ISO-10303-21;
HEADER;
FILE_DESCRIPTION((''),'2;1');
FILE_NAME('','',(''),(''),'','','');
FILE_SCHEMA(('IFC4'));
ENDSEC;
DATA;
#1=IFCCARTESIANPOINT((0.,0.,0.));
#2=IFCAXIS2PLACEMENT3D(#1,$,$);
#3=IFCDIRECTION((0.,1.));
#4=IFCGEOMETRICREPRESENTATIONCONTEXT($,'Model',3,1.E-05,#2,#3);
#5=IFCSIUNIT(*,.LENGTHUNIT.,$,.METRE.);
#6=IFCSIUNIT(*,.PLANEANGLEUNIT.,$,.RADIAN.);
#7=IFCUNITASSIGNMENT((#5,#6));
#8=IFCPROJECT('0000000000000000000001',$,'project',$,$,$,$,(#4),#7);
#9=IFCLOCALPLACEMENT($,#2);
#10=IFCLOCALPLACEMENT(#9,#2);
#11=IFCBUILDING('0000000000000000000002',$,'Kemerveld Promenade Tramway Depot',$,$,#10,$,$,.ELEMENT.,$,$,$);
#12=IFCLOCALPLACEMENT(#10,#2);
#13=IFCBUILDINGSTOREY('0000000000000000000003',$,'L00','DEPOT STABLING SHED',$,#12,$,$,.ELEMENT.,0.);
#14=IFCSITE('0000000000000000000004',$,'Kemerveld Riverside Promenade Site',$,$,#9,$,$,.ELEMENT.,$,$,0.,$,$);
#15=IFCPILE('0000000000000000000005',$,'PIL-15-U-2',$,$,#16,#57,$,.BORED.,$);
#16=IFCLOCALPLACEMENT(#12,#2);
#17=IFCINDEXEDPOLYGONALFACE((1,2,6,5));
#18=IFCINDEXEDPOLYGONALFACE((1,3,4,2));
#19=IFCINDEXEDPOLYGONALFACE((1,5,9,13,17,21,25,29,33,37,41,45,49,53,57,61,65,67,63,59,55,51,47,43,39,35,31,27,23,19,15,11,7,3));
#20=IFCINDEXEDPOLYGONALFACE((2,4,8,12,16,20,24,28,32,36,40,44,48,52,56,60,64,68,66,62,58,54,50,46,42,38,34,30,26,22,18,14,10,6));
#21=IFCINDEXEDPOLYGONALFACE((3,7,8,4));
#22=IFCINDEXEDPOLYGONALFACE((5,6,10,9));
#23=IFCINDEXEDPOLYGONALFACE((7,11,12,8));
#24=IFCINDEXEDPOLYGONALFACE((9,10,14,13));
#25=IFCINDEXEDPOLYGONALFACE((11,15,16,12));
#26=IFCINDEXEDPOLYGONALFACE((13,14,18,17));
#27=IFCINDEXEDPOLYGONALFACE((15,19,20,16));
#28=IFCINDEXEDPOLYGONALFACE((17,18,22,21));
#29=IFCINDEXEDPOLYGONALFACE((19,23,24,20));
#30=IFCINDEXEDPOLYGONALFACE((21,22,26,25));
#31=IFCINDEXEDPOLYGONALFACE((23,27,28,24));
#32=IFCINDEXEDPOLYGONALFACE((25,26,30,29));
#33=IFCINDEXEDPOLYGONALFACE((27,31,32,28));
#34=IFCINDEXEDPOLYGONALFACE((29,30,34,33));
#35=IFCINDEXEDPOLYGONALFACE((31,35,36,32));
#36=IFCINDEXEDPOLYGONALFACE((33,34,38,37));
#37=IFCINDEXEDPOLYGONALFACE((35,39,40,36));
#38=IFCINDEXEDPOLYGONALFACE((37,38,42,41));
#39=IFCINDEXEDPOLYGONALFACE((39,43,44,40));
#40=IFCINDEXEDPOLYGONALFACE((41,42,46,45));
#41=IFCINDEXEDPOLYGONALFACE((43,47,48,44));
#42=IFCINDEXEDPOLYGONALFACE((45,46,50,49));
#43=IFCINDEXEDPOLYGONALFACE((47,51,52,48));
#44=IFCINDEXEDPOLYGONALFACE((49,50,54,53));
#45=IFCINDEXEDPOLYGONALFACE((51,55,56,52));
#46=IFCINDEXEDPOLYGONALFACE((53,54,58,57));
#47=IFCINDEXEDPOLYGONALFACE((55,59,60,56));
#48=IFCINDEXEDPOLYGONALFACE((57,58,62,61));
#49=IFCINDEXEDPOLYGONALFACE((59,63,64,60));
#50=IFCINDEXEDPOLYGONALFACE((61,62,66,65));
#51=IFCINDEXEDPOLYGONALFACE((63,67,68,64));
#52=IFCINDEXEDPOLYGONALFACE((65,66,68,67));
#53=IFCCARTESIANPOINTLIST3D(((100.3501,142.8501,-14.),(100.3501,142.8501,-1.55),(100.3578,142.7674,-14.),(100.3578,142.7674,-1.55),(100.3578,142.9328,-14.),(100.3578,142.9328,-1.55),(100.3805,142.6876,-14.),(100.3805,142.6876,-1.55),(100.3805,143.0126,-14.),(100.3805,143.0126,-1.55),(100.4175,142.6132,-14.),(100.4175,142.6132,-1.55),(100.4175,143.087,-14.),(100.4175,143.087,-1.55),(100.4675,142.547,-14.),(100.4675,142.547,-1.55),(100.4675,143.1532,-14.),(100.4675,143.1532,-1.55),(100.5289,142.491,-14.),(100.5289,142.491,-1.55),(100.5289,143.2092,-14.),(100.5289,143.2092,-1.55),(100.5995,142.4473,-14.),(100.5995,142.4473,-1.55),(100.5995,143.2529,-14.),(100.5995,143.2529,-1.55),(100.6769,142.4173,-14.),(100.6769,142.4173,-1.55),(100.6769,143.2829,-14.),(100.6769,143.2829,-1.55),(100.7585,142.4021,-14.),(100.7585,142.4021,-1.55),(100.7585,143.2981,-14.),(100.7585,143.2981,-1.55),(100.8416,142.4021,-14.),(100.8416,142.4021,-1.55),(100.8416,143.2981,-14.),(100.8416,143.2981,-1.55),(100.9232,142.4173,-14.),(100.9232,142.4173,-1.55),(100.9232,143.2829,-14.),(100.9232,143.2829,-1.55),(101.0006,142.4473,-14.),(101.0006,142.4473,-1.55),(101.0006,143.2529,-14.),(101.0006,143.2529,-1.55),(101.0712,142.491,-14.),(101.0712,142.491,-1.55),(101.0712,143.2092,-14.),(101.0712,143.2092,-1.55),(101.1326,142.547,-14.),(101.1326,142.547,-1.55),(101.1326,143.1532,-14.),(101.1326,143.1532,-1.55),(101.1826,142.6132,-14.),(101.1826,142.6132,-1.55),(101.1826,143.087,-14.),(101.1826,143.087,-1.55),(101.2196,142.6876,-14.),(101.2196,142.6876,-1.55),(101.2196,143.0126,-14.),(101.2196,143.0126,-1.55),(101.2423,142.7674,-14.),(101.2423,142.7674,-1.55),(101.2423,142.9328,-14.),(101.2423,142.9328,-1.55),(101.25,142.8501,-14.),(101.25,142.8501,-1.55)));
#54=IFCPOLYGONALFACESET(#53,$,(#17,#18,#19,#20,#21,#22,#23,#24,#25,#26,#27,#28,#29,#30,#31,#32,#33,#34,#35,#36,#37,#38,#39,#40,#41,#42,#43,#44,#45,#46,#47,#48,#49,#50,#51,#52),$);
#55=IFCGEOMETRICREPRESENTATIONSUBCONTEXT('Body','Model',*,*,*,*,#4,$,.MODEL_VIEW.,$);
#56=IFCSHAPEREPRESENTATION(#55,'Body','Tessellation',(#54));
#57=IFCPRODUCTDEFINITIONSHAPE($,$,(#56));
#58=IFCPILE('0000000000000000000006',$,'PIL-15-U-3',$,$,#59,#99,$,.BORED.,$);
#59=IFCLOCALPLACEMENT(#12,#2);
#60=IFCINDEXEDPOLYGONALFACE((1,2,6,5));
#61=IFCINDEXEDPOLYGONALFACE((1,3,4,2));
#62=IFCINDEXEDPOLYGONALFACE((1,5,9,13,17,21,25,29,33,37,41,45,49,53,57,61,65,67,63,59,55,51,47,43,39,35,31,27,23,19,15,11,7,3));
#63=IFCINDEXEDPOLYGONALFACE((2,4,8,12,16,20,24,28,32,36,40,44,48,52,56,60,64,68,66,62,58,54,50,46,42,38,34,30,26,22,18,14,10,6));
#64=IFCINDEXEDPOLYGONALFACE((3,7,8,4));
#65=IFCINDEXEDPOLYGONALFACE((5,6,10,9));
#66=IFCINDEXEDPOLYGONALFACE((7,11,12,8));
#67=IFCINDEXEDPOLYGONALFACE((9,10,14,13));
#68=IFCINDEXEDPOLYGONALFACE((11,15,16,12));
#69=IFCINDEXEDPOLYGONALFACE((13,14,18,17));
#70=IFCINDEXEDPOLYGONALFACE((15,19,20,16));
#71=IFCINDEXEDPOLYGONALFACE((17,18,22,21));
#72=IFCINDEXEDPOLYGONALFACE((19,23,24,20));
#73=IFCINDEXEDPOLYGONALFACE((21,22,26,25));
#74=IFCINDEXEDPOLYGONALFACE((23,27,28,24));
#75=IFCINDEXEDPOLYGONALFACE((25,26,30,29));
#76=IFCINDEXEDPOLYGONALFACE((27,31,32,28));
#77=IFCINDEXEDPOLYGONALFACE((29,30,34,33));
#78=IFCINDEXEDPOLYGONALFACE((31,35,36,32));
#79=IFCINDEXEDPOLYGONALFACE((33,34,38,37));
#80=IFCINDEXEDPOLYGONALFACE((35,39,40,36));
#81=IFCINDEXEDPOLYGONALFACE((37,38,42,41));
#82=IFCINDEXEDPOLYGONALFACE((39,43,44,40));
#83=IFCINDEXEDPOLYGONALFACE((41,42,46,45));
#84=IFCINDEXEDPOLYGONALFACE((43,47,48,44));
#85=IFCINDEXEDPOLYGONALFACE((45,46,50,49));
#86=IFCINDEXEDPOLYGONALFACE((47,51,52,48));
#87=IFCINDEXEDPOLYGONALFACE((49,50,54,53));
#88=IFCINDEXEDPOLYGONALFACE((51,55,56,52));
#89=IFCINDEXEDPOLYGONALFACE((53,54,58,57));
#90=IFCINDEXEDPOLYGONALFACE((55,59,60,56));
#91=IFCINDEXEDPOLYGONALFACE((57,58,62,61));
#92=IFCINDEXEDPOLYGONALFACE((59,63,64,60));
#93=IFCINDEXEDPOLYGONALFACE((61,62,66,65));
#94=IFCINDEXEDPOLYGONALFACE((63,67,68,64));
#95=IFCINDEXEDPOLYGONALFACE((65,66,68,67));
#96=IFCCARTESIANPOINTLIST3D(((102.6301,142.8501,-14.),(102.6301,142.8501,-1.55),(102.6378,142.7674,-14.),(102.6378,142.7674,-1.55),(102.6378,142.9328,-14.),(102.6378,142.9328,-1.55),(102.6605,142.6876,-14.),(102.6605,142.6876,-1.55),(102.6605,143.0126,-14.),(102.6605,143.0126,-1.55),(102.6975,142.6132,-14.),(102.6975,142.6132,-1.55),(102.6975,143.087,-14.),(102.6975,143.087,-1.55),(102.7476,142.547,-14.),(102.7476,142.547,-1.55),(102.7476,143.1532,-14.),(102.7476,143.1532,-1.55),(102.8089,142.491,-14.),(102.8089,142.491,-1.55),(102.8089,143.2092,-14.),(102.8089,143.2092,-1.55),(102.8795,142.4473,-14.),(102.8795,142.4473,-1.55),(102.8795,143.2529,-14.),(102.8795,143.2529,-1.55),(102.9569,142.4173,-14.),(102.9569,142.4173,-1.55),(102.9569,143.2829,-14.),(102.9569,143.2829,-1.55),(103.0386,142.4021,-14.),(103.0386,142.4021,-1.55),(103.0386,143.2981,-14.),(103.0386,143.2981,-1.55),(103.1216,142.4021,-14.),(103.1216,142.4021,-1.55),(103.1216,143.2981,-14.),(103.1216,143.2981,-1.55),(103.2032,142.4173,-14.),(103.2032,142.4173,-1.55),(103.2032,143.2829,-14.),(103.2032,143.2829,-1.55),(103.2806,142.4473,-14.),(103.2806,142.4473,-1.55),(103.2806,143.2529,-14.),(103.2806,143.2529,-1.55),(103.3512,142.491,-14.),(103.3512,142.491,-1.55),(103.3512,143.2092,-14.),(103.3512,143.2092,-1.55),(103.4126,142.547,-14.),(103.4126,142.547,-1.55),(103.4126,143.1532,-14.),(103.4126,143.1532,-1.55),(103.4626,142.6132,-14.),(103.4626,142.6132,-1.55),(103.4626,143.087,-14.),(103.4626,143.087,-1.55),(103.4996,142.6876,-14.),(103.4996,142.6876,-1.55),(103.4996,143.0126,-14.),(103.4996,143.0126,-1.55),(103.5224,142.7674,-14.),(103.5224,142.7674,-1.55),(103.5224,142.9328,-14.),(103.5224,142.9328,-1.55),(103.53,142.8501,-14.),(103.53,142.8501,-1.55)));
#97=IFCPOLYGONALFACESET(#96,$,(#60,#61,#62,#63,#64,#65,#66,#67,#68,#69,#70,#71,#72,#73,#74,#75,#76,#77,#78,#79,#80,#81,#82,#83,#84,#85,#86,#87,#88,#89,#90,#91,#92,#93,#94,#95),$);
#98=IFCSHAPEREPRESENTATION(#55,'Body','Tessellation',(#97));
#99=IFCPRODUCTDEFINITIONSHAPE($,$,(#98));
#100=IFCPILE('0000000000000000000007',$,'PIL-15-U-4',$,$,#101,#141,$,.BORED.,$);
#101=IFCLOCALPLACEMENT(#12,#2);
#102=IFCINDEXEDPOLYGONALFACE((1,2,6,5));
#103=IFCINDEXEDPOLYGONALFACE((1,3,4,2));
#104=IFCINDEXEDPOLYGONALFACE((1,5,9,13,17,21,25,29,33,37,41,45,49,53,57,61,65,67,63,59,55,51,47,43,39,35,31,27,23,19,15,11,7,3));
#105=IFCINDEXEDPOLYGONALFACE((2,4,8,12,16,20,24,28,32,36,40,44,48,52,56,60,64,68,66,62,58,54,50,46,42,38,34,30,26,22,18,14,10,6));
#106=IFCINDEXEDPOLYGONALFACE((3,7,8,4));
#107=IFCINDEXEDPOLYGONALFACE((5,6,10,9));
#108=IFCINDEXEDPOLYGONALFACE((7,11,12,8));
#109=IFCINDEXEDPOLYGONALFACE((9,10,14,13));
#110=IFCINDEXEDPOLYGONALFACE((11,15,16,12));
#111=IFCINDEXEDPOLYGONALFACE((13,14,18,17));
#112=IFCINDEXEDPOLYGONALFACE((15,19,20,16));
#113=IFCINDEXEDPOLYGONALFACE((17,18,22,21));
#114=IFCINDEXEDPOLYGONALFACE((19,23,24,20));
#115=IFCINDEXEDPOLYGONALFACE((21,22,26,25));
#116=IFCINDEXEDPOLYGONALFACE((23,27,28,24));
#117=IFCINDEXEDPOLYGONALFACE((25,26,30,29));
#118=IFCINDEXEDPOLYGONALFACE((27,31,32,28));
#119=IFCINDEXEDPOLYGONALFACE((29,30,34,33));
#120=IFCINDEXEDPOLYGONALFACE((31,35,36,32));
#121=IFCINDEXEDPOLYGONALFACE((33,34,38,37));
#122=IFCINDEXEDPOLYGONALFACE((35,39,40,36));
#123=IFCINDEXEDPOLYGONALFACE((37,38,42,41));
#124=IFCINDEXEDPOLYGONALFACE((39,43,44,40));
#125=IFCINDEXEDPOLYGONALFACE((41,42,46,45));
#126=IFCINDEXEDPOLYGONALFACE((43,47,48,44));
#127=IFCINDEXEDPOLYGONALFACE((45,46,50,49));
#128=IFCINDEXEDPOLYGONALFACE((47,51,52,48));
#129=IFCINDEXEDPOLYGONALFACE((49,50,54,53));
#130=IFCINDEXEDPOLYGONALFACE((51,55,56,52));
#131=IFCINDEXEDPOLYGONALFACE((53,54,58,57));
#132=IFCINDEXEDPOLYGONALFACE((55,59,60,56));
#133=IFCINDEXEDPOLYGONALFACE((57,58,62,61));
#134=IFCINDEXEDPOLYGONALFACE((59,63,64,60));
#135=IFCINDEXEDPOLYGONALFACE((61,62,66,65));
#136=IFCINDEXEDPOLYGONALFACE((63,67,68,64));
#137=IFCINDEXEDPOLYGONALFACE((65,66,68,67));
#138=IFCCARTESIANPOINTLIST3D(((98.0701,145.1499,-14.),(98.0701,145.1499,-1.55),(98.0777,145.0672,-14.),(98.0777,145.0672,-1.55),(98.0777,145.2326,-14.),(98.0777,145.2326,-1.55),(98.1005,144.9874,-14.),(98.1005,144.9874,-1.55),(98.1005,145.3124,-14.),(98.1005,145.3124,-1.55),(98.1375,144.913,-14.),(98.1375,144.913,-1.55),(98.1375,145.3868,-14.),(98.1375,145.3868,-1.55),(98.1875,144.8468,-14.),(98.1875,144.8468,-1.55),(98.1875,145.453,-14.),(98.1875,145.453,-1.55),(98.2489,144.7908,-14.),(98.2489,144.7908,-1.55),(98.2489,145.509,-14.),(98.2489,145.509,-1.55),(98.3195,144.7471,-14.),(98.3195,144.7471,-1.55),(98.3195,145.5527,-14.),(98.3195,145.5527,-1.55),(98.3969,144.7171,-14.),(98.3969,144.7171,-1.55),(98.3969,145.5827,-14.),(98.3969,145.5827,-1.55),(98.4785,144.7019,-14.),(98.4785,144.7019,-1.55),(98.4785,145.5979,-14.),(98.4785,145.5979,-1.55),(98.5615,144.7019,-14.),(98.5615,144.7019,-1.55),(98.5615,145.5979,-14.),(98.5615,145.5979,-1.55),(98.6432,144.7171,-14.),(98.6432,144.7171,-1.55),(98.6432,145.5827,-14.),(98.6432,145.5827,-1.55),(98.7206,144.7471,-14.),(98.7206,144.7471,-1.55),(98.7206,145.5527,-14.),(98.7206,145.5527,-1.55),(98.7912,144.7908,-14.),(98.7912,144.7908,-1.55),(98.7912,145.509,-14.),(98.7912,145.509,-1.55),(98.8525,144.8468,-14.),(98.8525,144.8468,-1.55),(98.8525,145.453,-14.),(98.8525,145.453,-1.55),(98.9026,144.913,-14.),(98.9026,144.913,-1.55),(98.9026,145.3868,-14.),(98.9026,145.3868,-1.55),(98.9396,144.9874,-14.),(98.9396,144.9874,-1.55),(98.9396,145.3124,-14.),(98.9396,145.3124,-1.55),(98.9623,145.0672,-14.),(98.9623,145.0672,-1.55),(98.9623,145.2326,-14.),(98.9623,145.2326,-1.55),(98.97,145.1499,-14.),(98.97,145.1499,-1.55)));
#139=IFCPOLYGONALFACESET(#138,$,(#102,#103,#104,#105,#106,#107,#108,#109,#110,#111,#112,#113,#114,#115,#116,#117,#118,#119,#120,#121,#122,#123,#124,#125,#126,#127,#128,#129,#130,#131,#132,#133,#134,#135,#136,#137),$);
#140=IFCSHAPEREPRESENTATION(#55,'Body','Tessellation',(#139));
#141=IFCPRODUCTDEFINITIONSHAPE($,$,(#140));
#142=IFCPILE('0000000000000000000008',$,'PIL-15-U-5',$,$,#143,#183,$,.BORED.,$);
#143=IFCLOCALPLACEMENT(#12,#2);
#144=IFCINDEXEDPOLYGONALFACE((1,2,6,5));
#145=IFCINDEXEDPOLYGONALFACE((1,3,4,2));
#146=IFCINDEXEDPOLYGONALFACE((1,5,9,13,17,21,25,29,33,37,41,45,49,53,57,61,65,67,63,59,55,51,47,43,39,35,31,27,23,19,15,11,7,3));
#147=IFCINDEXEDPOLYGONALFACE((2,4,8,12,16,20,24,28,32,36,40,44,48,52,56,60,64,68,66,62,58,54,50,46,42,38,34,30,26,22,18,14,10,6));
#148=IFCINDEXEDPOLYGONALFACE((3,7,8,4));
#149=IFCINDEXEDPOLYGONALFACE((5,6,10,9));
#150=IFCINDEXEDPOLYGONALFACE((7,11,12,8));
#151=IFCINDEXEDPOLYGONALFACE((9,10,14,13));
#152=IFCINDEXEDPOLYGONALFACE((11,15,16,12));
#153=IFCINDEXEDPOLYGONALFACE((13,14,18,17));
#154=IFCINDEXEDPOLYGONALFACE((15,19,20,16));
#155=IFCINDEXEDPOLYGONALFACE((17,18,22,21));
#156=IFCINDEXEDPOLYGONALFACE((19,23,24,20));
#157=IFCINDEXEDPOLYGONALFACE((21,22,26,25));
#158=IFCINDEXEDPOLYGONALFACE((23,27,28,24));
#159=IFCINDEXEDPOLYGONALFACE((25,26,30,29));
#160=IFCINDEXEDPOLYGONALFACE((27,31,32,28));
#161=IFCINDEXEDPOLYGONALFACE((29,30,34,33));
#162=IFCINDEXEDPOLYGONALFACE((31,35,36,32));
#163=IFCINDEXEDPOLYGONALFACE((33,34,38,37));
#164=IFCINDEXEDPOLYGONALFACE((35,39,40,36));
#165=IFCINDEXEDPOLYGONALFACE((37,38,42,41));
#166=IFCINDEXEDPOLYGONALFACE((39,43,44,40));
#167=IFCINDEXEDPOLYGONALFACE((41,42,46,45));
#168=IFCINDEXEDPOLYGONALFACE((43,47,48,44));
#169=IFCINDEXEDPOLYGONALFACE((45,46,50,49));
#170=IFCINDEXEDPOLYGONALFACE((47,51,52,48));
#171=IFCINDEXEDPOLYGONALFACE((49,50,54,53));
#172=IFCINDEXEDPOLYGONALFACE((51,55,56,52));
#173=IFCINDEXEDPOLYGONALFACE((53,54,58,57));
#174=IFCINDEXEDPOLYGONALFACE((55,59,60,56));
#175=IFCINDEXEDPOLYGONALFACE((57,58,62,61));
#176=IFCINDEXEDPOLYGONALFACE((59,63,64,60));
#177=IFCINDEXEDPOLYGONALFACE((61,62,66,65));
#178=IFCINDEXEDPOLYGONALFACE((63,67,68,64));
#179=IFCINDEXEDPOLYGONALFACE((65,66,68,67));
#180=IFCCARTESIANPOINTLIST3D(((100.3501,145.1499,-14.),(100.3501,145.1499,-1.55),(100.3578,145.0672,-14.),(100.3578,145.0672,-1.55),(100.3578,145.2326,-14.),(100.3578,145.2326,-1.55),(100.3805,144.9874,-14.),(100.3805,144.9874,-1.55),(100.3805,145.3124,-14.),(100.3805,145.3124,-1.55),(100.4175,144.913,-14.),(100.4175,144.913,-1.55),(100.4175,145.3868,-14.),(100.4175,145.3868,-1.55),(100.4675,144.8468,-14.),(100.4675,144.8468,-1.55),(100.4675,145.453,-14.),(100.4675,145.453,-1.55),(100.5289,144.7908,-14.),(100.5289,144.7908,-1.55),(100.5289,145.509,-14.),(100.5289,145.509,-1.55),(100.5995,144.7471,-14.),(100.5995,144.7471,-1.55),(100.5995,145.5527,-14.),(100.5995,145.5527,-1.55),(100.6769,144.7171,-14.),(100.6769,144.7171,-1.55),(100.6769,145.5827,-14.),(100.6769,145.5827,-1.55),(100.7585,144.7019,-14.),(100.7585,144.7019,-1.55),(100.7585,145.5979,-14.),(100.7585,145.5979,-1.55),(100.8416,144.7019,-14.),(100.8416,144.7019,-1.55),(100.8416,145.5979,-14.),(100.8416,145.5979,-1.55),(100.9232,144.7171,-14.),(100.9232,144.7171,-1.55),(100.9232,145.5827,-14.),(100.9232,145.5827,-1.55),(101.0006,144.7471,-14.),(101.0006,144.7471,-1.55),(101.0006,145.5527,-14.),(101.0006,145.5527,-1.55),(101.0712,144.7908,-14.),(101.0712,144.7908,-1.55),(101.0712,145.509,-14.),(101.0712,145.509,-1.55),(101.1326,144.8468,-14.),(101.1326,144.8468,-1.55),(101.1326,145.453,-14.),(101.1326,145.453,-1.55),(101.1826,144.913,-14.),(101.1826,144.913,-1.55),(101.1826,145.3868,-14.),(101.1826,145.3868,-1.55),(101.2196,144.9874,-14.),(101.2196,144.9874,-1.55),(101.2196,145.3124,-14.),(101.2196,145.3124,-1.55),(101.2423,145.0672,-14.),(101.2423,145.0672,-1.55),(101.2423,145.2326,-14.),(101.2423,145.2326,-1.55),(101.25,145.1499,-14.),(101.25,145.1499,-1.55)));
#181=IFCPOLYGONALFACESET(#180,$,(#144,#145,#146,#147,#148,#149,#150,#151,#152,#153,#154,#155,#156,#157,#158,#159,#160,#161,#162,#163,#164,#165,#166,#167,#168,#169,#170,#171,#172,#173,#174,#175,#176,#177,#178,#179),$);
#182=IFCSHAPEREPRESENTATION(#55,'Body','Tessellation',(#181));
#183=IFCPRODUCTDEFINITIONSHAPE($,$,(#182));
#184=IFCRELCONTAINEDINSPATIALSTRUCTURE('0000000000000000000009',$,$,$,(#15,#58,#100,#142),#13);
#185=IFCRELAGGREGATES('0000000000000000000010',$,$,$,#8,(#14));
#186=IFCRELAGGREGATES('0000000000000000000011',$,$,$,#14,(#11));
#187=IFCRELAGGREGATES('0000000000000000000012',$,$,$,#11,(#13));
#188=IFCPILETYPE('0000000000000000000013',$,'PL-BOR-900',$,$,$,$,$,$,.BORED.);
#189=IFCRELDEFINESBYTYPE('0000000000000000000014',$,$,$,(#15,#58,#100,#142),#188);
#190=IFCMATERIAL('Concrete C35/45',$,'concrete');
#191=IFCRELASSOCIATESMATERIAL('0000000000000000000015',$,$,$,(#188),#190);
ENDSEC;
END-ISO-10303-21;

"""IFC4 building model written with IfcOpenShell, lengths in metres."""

from ifc_helpers import new_model, si_unit, direction, frame, origin, origin_2d, place, context, subcontext, project, spatial, circle, extrude, material, material_profile, profile_set, type_object, element, save


model = new_model("IFC4")

# Units and contexts
model_context = context("Model", 3, precision=1e-05, world=origin(), true_north=direction((0.0, 1.0)))
body_context = subcontext(model_context, "Body", "Model", "MODEL_VIEW")
ifc_project = project(units=[si_unit("LENGTHUNIT", "METRE"), si_unit("PLANEANGLEUNIT", "RADIAN")], contexts=[model_context])

# Site, building, storey
site_placement = place(None, origin())
site = spatial("IfcSite", under=ifc_project, at=site_placement, Name="Kemerveld Riverside Promenade Site", CompositionType="ELEMENT", RefElevation=0.0)
building_placement = place(site_placement, origin())
building = spatial("IfcBuilding", under=site, at=building_placement, Name="Kemerveld Promenade Tramway Depot", CompositionType="ELEMENT")
storey_placement = place(building_placement, origin())
storey = spatial("IfcBuildingStorey", under=building, at=storey_placement, Name="L00", Description="DEPOT STABLING SHED", CompositionType="ELEMENT", Elevation=0.0)

# Shared definitions
ifc_material_1 = material(Name="Concrete C35/45", Category="concrete")

# Piles
ifc_material_profile_1 = material_profile(ifc_material_1, circle(Radius=0.45, at=origin_2d()), Name="PILE-D900")
ifc_profile_set_1 = profile_set([ifc_material_profile_1], Name="Concrete C35/45")
pile_type_1 = type_object("IfcPileType", Name="PL-BOR-900", PredefinedType="BORED", material=ifc_profile_set_1)
for number, where, z_axis, x_axis, name in (
    (1, (100.8, 142.8501, -1.55), (0.0, 0.0, -1.0), (1.0, 0.0, 0.0), "PIL-15-U-2"),
    (2, (103.0801, 142.8501, -1.55), (0.0, 0.0, -1.0), (1.0, 0.0, 0.0), "PIL-15-U-3"),
    (3, (98.52, 145.1499, -1.55), (0.0, 0.0, -1.0), (1.0, 0.0, 0.0), "PIL-15-U-4"),
    (4, (100.8, 145.1499, -1.55), (0.0, 0.0, -1.0), (1.0, 0.0, 0.0), "PIL-15-U-5"),
):
    element("IfcPile", number, at=place(storey_placement, frame(where, z_axis=z_axis, x_axis=x_axis)), inside=storey, type_object=pile_type_1, Name=name, PredefinedType="BORED", context=body_context, shape_type="SweptSolid", body=[
        extrude(circle(Radius=0.45, at=origin_2d()), origin(), (0.0, 0.0, 1.0), 12.45),
    ])

save(model, "model.ifc")
